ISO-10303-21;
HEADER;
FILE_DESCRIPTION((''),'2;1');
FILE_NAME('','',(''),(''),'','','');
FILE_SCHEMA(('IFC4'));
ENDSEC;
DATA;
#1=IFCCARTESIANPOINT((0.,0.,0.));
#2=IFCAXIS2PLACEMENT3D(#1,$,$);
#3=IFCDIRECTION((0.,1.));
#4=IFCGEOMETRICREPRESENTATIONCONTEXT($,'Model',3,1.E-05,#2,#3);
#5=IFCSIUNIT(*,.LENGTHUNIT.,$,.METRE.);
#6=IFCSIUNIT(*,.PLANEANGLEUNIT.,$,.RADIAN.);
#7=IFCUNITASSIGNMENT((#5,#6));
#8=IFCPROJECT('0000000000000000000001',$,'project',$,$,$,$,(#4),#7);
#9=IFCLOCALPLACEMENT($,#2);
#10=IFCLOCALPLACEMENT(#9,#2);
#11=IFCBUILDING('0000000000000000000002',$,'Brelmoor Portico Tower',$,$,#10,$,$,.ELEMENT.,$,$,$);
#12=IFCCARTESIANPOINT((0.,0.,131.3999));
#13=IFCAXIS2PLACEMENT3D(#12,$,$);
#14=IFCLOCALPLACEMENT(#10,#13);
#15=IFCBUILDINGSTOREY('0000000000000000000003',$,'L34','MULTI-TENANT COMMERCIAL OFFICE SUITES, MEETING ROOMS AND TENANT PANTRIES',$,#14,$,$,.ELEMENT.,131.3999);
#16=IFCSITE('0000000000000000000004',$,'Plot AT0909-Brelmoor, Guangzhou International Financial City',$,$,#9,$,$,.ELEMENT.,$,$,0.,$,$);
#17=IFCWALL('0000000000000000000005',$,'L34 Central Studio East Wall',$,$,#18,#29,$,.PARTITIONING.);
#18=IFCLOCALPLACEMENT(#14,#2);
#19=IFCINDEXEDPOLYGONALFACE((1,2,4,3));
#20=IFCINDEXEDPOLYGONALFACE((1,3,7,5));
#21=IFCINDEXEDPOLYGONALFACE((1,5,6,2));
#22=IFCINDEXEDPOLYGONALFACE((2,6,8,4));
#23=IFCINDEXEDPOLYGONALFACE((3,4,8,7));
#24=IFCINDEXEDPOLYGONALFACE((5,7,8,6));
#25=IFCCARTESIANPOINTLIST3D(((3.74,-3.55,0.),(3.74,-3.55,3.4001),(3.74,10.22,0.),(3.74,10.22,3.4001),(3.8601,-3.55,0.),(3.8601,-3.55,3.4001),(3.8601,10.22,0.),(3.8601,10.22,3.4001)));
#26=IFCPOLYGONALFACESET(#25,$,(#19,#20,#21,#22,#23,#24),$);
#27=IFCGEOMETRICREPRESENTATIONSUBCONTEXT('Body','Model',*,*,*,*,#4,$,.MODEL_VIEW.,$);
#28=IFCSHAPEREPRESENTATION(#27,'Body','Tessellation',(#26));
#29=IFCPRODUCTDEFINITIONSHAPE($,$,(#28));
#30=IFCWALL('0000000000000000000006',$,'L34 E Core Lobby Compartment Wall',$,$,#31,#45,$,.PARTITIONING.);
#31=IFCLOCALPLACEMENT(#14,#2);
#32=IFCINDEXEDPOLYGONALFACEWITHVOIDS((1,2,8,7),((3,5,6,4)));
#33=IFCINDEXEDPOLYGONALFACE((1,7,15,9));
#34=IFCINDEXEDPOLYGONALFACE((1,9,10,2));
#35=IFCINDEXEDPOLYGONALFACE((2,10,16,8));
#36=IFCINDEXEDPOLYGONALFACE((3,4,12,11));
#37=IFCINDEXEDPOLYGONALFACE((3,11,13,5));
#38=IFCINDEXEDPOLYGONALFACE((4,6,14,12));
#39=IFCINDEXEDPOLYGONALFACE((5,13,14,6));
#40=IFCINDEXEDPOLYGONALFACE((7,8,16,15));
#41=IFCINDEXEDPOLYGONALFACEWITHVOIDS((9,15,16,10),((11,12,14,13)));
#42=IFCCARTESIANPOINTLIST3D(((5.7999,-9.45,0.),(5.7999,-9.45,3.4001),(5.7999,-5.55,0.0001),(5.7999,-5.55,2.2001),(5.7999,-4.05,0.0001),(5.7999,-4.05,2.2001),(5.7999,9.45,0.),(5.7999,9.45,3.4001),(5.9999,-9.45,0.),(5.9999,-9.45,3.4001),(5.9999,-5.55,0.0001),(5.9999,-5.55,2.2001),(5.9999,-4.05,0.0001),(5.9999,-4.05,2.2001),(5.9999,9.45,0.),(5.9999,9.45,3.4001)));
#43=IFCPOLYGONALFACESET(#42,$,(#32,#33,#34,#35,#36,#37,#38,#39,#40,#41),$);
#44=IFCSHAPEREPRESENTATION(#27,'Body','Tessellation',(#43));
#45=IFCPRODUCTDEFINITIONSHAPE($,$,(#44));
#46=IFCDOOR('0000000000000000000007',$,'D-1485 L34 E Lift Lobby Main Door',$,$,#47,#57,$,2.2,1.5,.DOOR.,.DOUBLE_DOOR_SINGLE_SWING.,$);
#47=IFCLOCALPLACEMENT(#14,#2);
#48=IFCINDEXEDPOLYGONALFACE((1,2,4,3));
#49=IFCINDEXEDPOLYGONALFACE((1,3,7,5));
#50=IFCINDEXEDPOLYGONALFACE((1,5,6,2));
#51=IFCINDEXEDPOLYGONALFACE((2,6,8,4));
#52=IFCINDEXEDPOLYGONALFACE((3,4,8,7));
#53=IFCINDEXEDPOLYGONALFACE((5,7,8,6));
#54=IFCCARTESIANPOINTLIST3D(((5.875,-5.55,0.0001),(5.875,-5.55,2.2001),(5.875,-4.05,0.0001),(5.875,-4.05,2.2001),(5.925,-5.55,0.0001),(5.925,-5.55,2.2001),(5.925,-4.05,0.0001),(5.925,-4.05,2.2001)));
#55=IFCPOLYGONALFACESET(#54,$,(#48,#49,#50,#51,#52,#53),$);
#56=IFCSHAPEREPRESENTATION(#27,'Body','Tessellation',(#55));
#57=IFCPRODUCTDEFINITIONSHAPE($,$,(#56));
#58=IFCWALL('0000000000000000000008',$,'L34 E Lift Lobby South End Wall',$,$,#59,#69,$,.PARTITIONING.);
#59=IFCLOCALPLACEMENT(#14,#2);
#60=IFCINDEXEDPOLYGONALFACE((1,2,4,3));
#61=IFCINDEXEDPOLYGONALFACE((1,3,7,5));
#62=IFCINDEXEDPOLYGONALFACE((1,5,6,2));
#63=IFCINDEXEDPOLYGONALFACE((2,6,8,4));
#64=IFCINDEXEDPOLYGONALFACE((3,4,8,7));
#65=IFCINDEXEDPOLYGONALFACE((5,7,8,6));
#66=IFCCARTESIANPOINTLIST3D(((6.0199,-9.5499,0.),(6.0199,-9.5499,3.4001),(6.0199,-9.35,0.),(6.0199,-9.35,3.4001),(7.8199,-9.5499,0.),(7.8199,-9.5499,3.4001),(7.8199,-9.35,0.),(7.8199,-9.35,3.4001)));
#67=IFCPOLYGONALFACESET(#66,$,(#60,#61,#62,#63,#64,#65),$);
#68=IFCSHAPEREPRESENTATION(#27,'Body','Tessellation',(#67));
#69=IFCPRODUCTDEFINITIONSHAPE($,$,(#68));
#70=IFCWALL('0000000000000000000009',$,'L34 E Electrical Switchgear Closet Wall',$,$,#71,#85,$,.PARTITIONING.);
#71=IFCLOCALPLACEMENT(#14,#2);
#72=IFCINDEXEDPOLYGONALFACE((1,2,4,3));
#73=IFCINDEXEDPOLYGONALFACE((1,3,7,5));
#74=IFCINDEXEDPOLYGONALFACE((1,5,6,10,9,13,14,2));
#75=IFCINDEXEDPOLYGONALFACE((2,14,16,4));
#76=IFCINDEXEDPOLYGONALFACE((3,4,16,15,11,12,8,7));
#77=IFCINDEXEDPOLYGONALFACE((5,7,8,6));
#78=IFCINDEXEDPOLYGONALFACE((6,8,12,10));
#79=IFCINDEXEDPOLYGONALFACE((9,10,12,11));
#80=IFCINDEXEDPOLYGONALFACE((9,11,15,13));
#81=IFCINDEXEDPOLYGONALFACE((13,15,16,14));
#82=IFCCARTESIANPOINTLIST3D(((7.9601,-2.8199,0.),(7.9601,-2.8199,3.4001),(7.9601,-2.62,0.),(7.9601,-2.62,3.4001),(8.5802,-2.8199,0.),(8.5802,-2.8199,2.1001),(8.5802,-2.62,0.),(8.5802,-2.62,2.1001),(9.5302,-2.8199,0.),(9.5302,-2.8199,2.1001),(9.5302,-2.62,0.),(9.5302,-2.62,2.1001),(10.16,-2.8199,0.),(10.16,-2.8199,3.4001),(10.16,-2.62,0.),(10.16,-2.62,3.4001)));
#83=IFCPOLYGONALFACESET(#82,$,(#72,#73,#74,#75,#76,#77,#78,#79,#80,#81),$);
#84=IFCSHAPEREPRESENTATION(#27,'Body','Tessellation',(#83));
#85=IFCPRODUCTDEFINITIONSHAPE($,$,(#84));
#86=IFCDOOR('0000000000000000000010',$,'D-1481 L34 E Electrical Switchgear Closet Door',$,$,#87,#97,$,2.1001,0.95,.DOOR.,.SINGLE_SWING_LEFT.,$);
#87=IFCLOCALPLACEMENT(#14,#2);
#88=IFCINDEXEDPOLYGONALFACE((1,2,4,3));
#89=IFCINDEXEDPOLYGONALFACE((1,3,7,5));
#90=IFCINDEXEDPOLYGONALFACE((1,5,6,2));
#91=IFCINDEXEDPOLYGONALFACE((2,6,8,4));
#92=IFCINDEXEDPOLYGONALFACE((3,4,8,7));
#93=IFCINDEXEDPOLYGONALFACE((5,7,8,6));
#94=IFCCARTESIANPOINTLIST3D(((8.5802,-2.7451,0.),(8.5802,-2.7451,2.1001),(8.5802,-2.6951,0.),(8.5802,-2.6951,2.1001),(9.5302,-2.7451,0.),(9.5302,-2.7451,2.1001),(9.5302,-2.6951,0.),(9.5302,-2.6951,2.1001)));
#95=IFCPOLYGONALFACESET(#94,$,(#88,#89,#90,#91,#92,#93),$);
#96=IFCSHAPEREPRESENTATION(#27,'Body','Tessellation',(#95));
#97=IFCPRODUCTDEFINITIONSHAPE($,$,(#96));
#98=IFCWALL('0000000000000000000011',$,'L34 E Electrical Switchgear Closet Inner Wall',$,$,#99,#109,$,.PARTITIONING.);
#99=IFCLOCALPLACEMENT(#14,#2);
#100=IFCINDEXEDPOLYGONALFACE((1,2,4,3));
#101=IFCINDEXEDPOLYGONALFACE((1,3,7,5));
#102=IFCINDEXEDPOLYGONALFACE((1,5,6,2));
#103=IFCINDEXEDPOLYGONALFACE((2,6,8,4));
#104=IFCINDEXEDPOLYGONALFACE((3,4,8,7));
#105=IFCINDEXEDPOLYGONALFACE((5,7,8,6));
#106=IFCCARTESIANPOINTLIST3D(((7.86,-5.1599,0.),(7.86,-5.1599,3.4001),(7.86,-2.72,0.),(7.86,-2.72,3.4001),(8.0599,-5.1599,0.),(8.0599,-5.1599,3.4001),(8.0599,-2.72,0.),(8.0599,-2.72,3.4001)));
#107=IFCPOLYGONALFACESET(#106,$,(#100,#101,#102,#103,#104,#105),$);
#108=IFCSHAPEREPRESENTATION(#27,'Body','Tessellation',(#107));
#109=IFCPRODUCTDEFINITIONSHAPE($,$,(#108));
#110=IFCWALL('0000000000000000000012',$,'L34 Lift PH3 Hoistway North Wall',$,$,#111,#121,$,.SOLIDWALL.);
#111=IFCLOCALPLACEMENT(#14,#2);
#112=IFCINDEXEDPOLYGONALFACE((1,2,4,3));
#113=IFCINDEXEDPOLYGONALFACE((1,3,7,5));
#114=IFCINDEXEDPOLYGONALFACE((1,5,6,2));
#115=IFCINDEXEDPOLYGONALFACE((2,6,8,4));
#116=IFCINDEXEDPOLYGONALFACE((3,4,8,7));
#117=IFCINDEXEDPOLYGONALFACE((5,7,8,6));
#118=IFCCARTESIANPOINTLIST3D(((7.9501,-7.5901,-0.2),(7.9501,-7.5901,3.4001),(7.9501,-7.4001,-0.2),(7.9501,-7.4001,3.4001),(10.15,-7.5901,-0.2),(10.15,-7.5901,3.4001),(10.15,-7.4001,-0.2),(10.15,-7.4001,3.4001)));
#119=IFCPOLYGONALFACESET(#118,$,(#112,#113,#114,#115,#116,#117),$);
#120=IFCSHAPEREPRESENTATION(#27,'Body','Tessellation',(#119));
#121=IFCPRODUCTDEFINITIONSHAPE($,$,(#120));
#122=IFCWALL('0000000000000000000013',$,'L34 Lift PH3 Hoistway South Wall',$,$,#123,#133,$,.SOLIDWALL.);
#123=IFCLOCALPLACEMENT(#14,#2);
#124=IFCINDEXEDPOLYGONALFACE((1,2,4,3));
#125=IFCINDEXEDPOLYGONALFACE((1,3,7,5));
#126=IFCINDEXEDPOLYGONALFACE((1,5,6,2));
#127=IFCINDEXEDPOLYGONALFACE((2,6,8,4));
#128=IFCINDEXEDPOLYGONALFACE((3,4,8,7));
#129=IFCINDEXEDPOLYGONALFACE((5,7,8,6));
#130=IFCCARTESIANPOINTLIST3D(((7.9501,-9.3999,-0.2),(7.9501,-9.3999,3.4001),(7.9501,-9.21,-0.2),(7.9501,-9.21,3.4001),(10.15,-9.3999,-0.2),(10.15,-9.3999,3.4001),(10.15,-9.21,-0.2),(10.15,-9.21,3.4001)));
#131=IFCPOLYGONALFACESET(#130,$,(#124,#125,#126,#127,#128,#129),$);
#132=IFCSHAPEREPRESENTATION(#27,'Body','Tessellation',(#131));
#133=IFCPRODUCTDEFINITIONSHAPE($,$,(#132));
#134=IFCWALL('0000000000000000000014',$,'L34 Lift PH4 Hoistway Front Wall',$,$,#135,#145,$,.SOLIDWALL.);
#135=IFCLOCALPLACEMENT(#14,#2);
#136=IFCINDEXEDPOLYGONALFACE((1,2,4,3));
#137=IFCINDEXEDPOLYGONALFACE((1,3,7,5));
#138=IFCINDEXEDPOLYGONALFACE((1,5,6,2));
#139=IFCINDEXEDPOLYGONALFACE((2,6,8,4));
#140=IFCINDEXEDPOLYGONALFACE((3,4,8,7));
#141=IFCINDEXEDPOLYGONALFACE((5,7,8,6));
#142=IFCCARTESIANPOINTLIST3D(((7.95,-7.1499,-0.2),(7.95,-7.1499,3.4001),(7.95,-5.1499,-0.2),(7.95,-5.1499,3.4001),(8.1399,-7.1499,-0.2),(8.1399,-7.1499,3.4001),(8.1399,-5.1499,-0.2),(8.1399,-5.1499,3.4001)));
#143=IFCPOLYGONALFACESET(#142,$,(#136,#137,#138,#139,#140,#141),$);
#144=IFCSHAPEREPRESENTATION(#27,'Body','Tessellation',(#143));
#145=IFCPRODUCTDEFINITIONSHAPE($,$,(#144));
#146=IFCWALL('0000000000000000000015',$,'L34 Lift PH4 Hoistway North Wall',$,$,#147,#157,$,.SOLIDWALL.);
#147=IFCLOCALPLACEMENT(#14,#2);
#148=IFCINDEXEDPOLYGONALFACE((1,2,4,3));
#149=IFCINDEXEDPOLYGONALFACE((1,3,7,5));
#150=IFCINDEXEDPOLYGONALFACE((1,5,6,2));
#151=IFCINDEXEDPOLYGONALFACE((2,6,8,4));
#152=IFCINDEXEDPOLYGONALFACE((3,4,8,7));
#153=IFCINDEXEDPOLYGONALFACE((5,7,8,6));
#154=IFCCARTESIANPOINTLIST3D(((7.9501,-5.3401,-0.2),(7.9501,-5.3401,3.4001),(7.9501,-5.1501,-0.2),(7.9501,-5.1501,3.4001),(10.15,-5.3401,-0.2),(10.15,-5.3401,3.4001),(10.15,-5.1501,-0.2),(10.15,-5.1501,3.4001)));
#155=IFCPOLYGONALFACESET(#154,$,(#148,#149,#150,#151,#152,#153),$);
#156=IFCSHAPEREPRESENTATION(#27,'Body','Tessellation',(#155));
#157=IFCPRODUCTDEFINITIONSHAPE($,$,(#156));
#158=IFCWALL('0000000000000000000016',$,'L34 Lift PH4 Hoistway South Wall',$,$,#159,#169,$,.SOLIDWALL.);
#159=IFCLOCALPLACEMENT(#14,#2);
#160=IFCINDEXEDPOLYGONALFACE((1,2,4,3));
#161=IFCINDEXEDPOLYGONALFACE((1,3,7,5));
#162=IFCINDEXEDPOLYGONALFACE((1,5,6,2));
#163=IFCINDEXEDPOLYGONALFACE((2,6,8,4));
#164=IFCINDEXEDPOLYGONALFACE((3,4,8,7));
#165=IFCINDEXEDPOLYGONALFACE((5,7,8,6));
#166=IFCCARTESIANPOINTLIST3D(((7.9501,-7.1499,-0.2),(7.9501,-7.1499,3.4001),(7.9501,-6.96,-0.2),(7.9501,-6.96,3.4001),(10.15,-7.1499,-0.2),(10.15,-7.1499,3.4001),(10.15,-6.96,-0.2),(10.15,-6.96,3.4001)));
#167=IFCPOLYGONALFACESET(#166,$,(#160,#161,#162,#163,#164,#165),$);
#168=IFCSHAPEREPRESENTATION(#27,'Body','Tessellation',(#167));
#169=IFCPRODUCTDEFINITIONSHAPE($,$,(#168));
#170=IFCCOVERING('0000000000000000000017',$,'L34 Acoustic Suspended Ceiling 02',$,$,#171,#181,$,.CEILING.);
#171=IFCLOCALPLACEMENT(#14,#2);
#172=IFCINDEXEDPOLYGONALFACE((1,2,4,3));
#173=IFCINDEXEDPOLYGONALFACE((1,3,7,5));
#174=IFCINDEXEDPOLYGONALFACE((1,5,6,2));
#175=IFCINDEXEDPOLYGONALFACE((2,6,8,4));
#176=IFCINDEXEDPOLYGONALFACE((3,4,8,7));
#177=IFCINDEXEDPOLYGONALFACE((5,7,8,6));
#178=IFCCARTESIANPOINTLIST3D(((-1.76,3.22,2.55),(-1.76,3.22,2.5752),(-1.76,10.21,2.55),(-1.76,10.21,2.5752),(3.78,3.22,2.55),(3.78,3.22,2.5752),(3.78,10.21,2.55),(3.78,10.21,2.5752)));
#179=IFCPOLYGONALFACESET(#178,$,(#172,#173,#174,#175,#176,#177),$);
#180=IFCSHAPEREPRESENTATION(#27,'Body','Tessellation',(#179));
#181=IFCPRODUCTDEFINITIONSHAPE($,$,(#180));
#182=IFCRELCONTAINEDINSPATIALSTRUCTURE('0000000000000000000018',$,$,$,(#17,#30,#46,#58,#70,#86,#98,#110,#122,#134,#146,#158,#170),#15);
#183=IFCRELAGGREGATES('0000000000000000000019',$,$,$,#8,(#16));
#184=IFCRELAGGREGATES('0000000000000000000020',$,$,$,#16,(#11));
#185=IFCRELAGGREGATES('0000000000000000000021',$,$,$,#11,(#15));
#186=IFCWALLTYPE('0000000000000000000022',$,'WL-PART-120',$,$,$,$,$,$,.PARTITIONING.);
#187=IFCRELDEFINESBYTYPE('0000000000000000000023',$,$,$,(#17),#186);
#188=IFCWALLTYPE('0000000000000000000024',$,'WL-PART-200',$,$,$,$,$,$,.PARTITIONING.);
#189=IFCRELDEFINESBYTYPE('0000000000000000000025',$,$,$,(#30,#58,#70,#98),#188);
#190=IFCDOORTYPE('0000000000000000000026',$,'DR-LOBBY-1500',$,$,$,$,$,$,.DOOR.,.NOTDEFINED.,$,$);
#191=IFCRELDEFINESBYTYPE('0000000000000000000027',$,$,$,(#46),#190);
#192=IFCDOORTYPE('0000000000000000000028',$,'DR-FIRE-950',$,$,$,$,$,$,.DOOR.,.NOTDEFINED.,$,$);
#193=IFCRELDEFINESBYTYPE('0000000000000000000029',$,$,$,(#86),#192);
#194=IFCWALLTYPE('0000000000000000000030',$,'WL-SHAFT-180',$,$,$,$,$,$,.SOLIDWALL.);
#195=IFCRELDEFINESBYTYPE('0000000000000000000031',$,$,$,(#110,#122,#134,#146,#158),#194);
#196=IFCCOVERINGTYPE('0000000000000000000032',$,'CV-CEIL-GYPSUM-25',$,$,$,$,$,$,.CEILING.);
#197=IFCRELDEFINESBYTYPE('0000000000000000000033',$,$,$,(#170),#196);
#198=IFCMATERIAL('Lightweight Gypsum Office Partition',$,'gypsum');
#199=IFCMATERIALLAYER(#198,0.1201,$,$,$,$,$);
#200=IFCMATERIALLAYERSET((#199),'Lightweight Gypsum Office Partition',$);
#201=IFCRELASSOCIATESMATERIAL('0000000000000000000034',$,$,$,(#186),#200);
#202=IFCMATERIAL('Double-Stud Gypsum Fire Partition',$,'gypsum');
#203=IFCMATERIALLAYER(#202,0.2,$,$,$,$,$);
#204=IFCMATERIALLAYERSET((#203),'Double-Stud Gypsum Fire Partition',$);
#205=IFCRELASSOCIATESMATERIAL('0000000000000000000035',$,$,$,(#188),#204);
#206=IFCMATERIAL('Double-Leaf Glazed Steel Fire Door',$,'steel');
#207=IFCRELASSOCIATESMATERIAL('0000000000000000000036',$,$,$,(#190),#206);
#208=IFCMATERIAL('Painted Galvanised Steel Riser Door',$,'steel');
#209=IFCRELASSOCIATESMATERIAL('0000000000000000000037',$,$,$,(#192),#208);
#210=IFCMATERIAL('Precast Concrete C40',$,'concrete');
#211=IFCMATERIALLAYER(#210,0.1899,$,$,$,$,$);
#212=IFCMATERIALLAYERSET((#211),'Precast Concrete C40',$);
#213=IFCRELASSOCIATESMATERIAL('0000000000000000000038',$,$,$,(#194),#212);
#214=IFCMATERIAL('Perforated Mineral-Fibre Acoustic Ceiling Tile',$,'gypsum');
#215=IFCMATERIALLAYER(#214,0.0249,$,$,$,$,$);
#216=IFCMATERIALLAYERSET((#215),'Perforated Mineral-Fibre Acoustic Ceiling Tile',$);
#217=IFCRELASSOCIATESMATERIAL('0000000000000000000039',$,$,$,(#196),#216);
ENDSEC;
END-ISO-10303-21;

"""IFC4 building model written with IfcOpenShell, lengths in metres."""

from ifc_helpers import new_model, si_unit, direction, frame, frame_2d, origin, place, context, subcontext, project, spatial, polyline, rectangle, outline, extrude, material, layer, layer_set, type_object, element, fill, save


model = new_model("IFC4")

# Units and contexts
model_context = context("Model", 3, precision=1e-05, world=origin(), true_north=direction((0.0, 1.0)))
body_context = subcontext(model_context, "Body", "Model", "MODEL_VIEW")
ifc_project = project(units=[si_unit("LENGTHUNIT", "METRE"), si_unit("PLANEANGLEUNIT", "RADIAN")], contexts=[model_context])

# Site, building, storey
site_placement = place(None, origin())
site = spatial("IfcSite", under=ifc_project, at=site_placement, Name="Plot AT0909-Brelmoor, Guangzhou International Financial City", CompositionType="ELEMENT", RefElevation=0.0)
building_placement = place(site_placement, origin())
building = spatial("IfcBuilding", under=site, at=building_placement, Name="Brelmoor Portico Tower", CompositionType="ELEMENT")
storey_placement = place(building_placement, frame((0.0, 0.0, 131.3999)))
storey = spatial("IfcBuildingStorey", under=building, at=storey_placement, Name="L34", Description="MULTI-TENANT COMMERCIAL OFFICE SUITES, MEETING ROOMS AND TENANT PANTRIES", CompositionType="ELEMENT", Elevation=131.3999)

# Wall
ifc_material_1 = material(Name="Lightweight Gypsum Office Partition", Category="gypsum")
ifc_layer_1 = layer(ifc_material_1, 0.1201)
ifc_layer_set_1 = layer_set([ifc_layer_1], Name="Lightweight Gypsum Office Partition")
wall_type_1 = type_object("IfcWallType", Name="WL-PART-120", PredefinedType="PARTITIONING", material=ifc_layer_set_1)
wall_1_placement = place(storey_placement, frame((3.8, -3.55, 0.0), z_axis=(0.0, 0.0, 1.0), x_axis=(0.0, 1.0, 0.0)))
element("IfcWall", 1, at=wall_1_placement, inside=storey, type_object=wall_type_1, Name="L34 Central Studio East Wall", PredefinedType="PARTITIONING", context=body_context, shape_type="SweptSolid", body=[
    extrude(rectangle(XDim=13.77, YDim=0.1201, at=frame_2d((6.885, 0.0))), origin(), (0.0, 0.0, 1.0), 3.4001),
])

# Wall, opening, door
ifc_material_2 = material(Name="Double-Stud Gypsum Fire Partition", Category="gypsum")
ifc_layer_2 = layer(ifc_material_2, 0.2)
ifc_layer_set_2 = layer_set([ifc_layer_2], Name="Double-Stud Gypsum Fire Partition")
wall_type_2 = type_object("IfcWallType", Name="WL-PART-200", PredefinedType="PARTITIONING", material=ifc_layer_set_2)
wall_2_placement = place(storey_placement, frame((5.8999, -9.45, 0.0), z_axis=(0.0, 0.0, 1.0), x_axis=(0.0, 1.0, 0.0)))
wall_2 = element("IfcWall", 2, at=wall_2_placement, inside=storey, type_object=wall_type_2, Name="L34 E Core Lobby Compartment Wall", PredefinedType="PARTITIONING", context=body_context, shape_type="SweptSolid", body=[
    extrude(rectangle(XDim=18.8999, YDim=0.2, at=frame_2d((9.45, 0.0))), origin(), (0.0, 0.0, 1.0), 3.4001),
])
opening_1_placement = place(wall_2_placement, frame((3.8999, 0.0, 0.0)))
opening_1 = element("IfcOpeningElement", 3, at=opening_1_placement, cuts=wall_2, PredefinedType="OPENING", context=body_context, shape_type="SweptSolid", body=[
    extrude(rectangle(XDim=1.5, YDim=2.2, at=frame_2d((0.75, 1.1001))), frame((0.0, 0.1099, 0.0), z_axis=(0.0, -1.0, 0.0), x_axis=(1.0, 0.0, 0.0)), (0.0, 0.0, 1.0), 0.22),
])
ifc_material_3 = material(Name="Double-Leaf Glazed Steel Fire Door", Category="steel")
door_type_1 = type_object("IfcDoorType", Name="DR-LOBBY-1500", OperationType="NOTDEFINED", PredefinedType="DOOR", material=ifc_material_3)
door_1_placement = place(opening_1_placement, origin())
door_1 = element("IfcDoor", 4, at=door_1_placement, inside=storey, type_object=door_type_1, Name="D-1485 L34 E Lift Lobby Main Door", OperationType="DOUBLE_DOOR_SINGLE_SWING", OverallHeight=2.2, OverallWidth=1.5, PredefinedType="DOOR", context=body_context, shape_type="SweptSolid", body=[
    extrude(rectangle(XDim=1.5, YDim=2.2, at=frame_2d((0.75, 1.1001))), frame((0.0, 0.0249, 0.0), z_axis=(0.0, -1.0, 0.0), x_axis=(1.0, 0.0, 0.0)), (0.0, 0.0, 1.0), 0.05),
])
fill(opening_1, door_1)

# Wall
wall_3_placement = place(storey_placement, frame((6.02, -9.45, 0.0), z_axis=(0.0, 0.0, 1.0), x_axis=(1.0, 0.0, 0.0)))
element("IfcWall", 5, at=wall_3_placement, inside=storey, type_object=wall_type_2, Name="L34 E Lift Lobby South End Wall", PredefinedType="PARTITIONING", context=body_context, shape_type="SweptSolid", body=[
    extrude(rectangle(XDim=1.8, YDim=0.2, at=frame_2d((0.8999, 0.0))), origin(), (0.0, 0.0, 1.0), 3.4001),
])

# Wall, opening, door
wall_4_placement = place(storey_placement, frame((7.96, -2.72, 0.0), z_axis=(0.0, 0.0, 1.0), x_axis=(1.0, 0.0, 0.0)))
wall_4 = element("IfcWall", 6, at=wall_4_placement, inside=storey, type_object=wall_type_2, Name="L34 E Electrical Switchgear Closet Wall", PredefinedType="PARTITIONING", context=body_context, shape_type="SweptSolid", body=[
    extrude(rectangle(XDim=2.2, YDim=0.2, at=frame_2d((1.1001, 0.0))), origin(), (0.0, 0.0, 1.0), 3.4001),
])
opening_2_placement = place(wall_4_placement, frame((0.6201, 0.0, 0.0)))
opening_2 = element("IfcOpeningElement", 7, at=opening_2_placement, cuts=wall_4, PredefinedType="OPENING", context=body_context, shape_type="SweptSolid", body=[
    extrude(rectangle(XDim=0.95, YDim=2.1001, at=frame_2d((0.4751, 1.05))), frame((0.0, 0.1099, 0.0), z_axis=(0.0, -1.0, 0.0), x_axis=(1.0, 0.0, 0.0)), (0.0, 0.0, 1.0), 0.22),
])
ifc_material_4 = material(Name="Painted Galvanised Steel Riser Door", Category="steel")
door_type_2 = type_object("IfcDoorType", Name="DR-FIRE-950", OperationType="NOTDEFINED", PredefinedType="DOOR", material=ifc_material_4)
door_2_placement = place(opening_2_placement, origin())
door_2 = element("IfcDoor", 8, at=door_2_placement, inside=storey, type_object=door_type_2, Name="D-1481 L34 E Electrical Switchgear Closet Door", OperationType="SINGLE_SWING_LEFT", OverallHeight=2.1001, OverallWidth=0.95, PredefinedType="DOOR", context=body_context, shape_type="SweptSolid", body=[
    extrude(rectangle(XDim=0.95, YDim=2.1001, at=frame_2d((0.4751, 1.05))), frame((0.0, 0.0249, 0.0), z_axis=(0.0, -1.0, 0.0), x_axis=(1.0, 0.0, 0.0)), (0.0, 0.0, 1.0), 0.05),
])
fill(opening_2, door_2)

# Walls
wall_5_placement = place(storey_placement, frame((7.96, -5.1599, 0.0), z_axis=(0.0, 0.0, 1.0), x_axis=(0.0, 1.0, 0.0)))
element("IfcWall", 9, at=wall_5_placement, inside=storey, type_object=wall_type_2, Name="L34 E Electrical Switchgear Closet Inner Wall", PredefinedType="PARTITIONING", context=body_context, shape_type="SweptSolid", body=[
    extrude(rectangle(XDim=2.4399, YDim=0.2, at=frame_2d((1.22, 0.0))), origin(), (0.0, 0.0, 1.0), 3.4001),
])
ifc_material_5 = material(Name="Precast Concrete C40", Category="concrete")
ifc_layer_3 = layer(ifc_material_5, 0.1899)
ifc_layer_set_3 = layer_set([ifc_layer_3], Name="Precast Concrete C40")
wall_type_3 = type_object("IfcWallType", Name="WL-SHAFT-180", PredefinedType="SOLIDWALL", material=ifc_layer_set_3)
for number, where, z_axis, x_axis, name in (
    (10, (7.95, -7.4951, -0.2), (0.0, 0.0, 1.0), (1.0, 0.0, 0.0), "L34 Lift PH3 Hoistway North Wall"),
    (11, (7.95, -9.3049, -0.2), (0.0, 0.0, 1.0), (1.0, 0.0, 0.0), "L34 Lift PH3 Hoistway South Wall"),
):
    element("IfcWall", number, at=place(storey_placement, frame(where, z_axis=z_axis, x_axis=x_axis)), inside=storey, type_object=wall_type_3, Name=name, PredefinedType="SOLIDWALL", context=body_context, shape_type="SweptSolid", body=[
        extrude(rectangle(XDim=2.2, YDim=0.1899, at=frame_2d((1.1001, 0.0))), origin(), (0.0, 0.0, 1.0), 3.6001),
    ])
wall_6_placement = place(storey_placement, frame((8.0449, -7.1499, -0.2), z_axis=(0.0, 0.0, 1.0), x_axis=(0.0, 1.0, 0.0)))
element("IfcWall", 12, at=wall_6_placement, inside=storey, type_object=wall_type_3, Name="L34 Lift PH4 Hoistway Front Wall", PredefinedType="SOLIDWALL", context=body_context, shape_type="SweptSolid", body=[
    extrude(rectangle(XDim=2.0, YDim=0.1899, at=frame_2d((1.0, 0.0))), origin(), (0.0, 0.0, 1.0), 3.6001),
])
for number, where, z_axis, x_axis, name in (
    (13, (7.95, -5.2451, -0.2), (0.0, 0.0, 1.0), (1.0, 0.0, 0.0), "L34 Lift PH4 Hoistway North Wall"),
    (14, (7.95, -7.0549, -0.2), (0.0, 0.0, 1.0), (1.0, 0.0, 0.0), "L34 Lift PH4 Hoistway South Wall"),
):
    element("IfcWall", number, at=place(storey_placement, frame(where, z_axis=z_axis, x_axis=x_axis)), inside=storey, type_object=wall_type_3, Name=name, PredefinedType="SOLIDWALL", context=body_context, shape_type="SweptSolid", body=[
        extrude(rectangle(XDim=2.2, YDim=0.1899, at=frame_2d((1.1001, 0.0))), origin(), (0.0, 0.0, 1.0), 3.6001),
    ])

# Covering
ifc_material_6 = material(Name="Perforated Mineral-Fibre Acoustic Ceiling Tile", Category="gypsum")
ifc_layer_4 = layer(ifc_material_6, 0.0249)
ifc_layer_set_4 = layer_set([ifc_layer_4], Name="Perforated Mineral-Fibre Acoustic Ceiling Tile")
covering_type_1 = type_object("IfcCoveringType", Name="CV-CEIL-GYPSUM-25", PredefinedType="CEILING", material=ifc_layer_set_4)
covering_1_placement = place(storey_placement, frame((0.0, 0.0, 2.55)))
element("IfcCovering", 15, at=covering_1_placement, inside=storey, type_object=covering_type_1, Name="L34 Acoustic Suspended Ceiling 02", PredefinedType="CEILING", context=body_context, shape_type="SweptSolid", body=[
    extrude(outline(polyline([(-1.76, 3.22), (-1.76, 10.21), (3.78, 10.21), (3.78, 3.22), (-1.76, 3.22)])), origin(), (0.0, 0.0, 1.0), 0.0251),
])

save(model, "model.ifc")
